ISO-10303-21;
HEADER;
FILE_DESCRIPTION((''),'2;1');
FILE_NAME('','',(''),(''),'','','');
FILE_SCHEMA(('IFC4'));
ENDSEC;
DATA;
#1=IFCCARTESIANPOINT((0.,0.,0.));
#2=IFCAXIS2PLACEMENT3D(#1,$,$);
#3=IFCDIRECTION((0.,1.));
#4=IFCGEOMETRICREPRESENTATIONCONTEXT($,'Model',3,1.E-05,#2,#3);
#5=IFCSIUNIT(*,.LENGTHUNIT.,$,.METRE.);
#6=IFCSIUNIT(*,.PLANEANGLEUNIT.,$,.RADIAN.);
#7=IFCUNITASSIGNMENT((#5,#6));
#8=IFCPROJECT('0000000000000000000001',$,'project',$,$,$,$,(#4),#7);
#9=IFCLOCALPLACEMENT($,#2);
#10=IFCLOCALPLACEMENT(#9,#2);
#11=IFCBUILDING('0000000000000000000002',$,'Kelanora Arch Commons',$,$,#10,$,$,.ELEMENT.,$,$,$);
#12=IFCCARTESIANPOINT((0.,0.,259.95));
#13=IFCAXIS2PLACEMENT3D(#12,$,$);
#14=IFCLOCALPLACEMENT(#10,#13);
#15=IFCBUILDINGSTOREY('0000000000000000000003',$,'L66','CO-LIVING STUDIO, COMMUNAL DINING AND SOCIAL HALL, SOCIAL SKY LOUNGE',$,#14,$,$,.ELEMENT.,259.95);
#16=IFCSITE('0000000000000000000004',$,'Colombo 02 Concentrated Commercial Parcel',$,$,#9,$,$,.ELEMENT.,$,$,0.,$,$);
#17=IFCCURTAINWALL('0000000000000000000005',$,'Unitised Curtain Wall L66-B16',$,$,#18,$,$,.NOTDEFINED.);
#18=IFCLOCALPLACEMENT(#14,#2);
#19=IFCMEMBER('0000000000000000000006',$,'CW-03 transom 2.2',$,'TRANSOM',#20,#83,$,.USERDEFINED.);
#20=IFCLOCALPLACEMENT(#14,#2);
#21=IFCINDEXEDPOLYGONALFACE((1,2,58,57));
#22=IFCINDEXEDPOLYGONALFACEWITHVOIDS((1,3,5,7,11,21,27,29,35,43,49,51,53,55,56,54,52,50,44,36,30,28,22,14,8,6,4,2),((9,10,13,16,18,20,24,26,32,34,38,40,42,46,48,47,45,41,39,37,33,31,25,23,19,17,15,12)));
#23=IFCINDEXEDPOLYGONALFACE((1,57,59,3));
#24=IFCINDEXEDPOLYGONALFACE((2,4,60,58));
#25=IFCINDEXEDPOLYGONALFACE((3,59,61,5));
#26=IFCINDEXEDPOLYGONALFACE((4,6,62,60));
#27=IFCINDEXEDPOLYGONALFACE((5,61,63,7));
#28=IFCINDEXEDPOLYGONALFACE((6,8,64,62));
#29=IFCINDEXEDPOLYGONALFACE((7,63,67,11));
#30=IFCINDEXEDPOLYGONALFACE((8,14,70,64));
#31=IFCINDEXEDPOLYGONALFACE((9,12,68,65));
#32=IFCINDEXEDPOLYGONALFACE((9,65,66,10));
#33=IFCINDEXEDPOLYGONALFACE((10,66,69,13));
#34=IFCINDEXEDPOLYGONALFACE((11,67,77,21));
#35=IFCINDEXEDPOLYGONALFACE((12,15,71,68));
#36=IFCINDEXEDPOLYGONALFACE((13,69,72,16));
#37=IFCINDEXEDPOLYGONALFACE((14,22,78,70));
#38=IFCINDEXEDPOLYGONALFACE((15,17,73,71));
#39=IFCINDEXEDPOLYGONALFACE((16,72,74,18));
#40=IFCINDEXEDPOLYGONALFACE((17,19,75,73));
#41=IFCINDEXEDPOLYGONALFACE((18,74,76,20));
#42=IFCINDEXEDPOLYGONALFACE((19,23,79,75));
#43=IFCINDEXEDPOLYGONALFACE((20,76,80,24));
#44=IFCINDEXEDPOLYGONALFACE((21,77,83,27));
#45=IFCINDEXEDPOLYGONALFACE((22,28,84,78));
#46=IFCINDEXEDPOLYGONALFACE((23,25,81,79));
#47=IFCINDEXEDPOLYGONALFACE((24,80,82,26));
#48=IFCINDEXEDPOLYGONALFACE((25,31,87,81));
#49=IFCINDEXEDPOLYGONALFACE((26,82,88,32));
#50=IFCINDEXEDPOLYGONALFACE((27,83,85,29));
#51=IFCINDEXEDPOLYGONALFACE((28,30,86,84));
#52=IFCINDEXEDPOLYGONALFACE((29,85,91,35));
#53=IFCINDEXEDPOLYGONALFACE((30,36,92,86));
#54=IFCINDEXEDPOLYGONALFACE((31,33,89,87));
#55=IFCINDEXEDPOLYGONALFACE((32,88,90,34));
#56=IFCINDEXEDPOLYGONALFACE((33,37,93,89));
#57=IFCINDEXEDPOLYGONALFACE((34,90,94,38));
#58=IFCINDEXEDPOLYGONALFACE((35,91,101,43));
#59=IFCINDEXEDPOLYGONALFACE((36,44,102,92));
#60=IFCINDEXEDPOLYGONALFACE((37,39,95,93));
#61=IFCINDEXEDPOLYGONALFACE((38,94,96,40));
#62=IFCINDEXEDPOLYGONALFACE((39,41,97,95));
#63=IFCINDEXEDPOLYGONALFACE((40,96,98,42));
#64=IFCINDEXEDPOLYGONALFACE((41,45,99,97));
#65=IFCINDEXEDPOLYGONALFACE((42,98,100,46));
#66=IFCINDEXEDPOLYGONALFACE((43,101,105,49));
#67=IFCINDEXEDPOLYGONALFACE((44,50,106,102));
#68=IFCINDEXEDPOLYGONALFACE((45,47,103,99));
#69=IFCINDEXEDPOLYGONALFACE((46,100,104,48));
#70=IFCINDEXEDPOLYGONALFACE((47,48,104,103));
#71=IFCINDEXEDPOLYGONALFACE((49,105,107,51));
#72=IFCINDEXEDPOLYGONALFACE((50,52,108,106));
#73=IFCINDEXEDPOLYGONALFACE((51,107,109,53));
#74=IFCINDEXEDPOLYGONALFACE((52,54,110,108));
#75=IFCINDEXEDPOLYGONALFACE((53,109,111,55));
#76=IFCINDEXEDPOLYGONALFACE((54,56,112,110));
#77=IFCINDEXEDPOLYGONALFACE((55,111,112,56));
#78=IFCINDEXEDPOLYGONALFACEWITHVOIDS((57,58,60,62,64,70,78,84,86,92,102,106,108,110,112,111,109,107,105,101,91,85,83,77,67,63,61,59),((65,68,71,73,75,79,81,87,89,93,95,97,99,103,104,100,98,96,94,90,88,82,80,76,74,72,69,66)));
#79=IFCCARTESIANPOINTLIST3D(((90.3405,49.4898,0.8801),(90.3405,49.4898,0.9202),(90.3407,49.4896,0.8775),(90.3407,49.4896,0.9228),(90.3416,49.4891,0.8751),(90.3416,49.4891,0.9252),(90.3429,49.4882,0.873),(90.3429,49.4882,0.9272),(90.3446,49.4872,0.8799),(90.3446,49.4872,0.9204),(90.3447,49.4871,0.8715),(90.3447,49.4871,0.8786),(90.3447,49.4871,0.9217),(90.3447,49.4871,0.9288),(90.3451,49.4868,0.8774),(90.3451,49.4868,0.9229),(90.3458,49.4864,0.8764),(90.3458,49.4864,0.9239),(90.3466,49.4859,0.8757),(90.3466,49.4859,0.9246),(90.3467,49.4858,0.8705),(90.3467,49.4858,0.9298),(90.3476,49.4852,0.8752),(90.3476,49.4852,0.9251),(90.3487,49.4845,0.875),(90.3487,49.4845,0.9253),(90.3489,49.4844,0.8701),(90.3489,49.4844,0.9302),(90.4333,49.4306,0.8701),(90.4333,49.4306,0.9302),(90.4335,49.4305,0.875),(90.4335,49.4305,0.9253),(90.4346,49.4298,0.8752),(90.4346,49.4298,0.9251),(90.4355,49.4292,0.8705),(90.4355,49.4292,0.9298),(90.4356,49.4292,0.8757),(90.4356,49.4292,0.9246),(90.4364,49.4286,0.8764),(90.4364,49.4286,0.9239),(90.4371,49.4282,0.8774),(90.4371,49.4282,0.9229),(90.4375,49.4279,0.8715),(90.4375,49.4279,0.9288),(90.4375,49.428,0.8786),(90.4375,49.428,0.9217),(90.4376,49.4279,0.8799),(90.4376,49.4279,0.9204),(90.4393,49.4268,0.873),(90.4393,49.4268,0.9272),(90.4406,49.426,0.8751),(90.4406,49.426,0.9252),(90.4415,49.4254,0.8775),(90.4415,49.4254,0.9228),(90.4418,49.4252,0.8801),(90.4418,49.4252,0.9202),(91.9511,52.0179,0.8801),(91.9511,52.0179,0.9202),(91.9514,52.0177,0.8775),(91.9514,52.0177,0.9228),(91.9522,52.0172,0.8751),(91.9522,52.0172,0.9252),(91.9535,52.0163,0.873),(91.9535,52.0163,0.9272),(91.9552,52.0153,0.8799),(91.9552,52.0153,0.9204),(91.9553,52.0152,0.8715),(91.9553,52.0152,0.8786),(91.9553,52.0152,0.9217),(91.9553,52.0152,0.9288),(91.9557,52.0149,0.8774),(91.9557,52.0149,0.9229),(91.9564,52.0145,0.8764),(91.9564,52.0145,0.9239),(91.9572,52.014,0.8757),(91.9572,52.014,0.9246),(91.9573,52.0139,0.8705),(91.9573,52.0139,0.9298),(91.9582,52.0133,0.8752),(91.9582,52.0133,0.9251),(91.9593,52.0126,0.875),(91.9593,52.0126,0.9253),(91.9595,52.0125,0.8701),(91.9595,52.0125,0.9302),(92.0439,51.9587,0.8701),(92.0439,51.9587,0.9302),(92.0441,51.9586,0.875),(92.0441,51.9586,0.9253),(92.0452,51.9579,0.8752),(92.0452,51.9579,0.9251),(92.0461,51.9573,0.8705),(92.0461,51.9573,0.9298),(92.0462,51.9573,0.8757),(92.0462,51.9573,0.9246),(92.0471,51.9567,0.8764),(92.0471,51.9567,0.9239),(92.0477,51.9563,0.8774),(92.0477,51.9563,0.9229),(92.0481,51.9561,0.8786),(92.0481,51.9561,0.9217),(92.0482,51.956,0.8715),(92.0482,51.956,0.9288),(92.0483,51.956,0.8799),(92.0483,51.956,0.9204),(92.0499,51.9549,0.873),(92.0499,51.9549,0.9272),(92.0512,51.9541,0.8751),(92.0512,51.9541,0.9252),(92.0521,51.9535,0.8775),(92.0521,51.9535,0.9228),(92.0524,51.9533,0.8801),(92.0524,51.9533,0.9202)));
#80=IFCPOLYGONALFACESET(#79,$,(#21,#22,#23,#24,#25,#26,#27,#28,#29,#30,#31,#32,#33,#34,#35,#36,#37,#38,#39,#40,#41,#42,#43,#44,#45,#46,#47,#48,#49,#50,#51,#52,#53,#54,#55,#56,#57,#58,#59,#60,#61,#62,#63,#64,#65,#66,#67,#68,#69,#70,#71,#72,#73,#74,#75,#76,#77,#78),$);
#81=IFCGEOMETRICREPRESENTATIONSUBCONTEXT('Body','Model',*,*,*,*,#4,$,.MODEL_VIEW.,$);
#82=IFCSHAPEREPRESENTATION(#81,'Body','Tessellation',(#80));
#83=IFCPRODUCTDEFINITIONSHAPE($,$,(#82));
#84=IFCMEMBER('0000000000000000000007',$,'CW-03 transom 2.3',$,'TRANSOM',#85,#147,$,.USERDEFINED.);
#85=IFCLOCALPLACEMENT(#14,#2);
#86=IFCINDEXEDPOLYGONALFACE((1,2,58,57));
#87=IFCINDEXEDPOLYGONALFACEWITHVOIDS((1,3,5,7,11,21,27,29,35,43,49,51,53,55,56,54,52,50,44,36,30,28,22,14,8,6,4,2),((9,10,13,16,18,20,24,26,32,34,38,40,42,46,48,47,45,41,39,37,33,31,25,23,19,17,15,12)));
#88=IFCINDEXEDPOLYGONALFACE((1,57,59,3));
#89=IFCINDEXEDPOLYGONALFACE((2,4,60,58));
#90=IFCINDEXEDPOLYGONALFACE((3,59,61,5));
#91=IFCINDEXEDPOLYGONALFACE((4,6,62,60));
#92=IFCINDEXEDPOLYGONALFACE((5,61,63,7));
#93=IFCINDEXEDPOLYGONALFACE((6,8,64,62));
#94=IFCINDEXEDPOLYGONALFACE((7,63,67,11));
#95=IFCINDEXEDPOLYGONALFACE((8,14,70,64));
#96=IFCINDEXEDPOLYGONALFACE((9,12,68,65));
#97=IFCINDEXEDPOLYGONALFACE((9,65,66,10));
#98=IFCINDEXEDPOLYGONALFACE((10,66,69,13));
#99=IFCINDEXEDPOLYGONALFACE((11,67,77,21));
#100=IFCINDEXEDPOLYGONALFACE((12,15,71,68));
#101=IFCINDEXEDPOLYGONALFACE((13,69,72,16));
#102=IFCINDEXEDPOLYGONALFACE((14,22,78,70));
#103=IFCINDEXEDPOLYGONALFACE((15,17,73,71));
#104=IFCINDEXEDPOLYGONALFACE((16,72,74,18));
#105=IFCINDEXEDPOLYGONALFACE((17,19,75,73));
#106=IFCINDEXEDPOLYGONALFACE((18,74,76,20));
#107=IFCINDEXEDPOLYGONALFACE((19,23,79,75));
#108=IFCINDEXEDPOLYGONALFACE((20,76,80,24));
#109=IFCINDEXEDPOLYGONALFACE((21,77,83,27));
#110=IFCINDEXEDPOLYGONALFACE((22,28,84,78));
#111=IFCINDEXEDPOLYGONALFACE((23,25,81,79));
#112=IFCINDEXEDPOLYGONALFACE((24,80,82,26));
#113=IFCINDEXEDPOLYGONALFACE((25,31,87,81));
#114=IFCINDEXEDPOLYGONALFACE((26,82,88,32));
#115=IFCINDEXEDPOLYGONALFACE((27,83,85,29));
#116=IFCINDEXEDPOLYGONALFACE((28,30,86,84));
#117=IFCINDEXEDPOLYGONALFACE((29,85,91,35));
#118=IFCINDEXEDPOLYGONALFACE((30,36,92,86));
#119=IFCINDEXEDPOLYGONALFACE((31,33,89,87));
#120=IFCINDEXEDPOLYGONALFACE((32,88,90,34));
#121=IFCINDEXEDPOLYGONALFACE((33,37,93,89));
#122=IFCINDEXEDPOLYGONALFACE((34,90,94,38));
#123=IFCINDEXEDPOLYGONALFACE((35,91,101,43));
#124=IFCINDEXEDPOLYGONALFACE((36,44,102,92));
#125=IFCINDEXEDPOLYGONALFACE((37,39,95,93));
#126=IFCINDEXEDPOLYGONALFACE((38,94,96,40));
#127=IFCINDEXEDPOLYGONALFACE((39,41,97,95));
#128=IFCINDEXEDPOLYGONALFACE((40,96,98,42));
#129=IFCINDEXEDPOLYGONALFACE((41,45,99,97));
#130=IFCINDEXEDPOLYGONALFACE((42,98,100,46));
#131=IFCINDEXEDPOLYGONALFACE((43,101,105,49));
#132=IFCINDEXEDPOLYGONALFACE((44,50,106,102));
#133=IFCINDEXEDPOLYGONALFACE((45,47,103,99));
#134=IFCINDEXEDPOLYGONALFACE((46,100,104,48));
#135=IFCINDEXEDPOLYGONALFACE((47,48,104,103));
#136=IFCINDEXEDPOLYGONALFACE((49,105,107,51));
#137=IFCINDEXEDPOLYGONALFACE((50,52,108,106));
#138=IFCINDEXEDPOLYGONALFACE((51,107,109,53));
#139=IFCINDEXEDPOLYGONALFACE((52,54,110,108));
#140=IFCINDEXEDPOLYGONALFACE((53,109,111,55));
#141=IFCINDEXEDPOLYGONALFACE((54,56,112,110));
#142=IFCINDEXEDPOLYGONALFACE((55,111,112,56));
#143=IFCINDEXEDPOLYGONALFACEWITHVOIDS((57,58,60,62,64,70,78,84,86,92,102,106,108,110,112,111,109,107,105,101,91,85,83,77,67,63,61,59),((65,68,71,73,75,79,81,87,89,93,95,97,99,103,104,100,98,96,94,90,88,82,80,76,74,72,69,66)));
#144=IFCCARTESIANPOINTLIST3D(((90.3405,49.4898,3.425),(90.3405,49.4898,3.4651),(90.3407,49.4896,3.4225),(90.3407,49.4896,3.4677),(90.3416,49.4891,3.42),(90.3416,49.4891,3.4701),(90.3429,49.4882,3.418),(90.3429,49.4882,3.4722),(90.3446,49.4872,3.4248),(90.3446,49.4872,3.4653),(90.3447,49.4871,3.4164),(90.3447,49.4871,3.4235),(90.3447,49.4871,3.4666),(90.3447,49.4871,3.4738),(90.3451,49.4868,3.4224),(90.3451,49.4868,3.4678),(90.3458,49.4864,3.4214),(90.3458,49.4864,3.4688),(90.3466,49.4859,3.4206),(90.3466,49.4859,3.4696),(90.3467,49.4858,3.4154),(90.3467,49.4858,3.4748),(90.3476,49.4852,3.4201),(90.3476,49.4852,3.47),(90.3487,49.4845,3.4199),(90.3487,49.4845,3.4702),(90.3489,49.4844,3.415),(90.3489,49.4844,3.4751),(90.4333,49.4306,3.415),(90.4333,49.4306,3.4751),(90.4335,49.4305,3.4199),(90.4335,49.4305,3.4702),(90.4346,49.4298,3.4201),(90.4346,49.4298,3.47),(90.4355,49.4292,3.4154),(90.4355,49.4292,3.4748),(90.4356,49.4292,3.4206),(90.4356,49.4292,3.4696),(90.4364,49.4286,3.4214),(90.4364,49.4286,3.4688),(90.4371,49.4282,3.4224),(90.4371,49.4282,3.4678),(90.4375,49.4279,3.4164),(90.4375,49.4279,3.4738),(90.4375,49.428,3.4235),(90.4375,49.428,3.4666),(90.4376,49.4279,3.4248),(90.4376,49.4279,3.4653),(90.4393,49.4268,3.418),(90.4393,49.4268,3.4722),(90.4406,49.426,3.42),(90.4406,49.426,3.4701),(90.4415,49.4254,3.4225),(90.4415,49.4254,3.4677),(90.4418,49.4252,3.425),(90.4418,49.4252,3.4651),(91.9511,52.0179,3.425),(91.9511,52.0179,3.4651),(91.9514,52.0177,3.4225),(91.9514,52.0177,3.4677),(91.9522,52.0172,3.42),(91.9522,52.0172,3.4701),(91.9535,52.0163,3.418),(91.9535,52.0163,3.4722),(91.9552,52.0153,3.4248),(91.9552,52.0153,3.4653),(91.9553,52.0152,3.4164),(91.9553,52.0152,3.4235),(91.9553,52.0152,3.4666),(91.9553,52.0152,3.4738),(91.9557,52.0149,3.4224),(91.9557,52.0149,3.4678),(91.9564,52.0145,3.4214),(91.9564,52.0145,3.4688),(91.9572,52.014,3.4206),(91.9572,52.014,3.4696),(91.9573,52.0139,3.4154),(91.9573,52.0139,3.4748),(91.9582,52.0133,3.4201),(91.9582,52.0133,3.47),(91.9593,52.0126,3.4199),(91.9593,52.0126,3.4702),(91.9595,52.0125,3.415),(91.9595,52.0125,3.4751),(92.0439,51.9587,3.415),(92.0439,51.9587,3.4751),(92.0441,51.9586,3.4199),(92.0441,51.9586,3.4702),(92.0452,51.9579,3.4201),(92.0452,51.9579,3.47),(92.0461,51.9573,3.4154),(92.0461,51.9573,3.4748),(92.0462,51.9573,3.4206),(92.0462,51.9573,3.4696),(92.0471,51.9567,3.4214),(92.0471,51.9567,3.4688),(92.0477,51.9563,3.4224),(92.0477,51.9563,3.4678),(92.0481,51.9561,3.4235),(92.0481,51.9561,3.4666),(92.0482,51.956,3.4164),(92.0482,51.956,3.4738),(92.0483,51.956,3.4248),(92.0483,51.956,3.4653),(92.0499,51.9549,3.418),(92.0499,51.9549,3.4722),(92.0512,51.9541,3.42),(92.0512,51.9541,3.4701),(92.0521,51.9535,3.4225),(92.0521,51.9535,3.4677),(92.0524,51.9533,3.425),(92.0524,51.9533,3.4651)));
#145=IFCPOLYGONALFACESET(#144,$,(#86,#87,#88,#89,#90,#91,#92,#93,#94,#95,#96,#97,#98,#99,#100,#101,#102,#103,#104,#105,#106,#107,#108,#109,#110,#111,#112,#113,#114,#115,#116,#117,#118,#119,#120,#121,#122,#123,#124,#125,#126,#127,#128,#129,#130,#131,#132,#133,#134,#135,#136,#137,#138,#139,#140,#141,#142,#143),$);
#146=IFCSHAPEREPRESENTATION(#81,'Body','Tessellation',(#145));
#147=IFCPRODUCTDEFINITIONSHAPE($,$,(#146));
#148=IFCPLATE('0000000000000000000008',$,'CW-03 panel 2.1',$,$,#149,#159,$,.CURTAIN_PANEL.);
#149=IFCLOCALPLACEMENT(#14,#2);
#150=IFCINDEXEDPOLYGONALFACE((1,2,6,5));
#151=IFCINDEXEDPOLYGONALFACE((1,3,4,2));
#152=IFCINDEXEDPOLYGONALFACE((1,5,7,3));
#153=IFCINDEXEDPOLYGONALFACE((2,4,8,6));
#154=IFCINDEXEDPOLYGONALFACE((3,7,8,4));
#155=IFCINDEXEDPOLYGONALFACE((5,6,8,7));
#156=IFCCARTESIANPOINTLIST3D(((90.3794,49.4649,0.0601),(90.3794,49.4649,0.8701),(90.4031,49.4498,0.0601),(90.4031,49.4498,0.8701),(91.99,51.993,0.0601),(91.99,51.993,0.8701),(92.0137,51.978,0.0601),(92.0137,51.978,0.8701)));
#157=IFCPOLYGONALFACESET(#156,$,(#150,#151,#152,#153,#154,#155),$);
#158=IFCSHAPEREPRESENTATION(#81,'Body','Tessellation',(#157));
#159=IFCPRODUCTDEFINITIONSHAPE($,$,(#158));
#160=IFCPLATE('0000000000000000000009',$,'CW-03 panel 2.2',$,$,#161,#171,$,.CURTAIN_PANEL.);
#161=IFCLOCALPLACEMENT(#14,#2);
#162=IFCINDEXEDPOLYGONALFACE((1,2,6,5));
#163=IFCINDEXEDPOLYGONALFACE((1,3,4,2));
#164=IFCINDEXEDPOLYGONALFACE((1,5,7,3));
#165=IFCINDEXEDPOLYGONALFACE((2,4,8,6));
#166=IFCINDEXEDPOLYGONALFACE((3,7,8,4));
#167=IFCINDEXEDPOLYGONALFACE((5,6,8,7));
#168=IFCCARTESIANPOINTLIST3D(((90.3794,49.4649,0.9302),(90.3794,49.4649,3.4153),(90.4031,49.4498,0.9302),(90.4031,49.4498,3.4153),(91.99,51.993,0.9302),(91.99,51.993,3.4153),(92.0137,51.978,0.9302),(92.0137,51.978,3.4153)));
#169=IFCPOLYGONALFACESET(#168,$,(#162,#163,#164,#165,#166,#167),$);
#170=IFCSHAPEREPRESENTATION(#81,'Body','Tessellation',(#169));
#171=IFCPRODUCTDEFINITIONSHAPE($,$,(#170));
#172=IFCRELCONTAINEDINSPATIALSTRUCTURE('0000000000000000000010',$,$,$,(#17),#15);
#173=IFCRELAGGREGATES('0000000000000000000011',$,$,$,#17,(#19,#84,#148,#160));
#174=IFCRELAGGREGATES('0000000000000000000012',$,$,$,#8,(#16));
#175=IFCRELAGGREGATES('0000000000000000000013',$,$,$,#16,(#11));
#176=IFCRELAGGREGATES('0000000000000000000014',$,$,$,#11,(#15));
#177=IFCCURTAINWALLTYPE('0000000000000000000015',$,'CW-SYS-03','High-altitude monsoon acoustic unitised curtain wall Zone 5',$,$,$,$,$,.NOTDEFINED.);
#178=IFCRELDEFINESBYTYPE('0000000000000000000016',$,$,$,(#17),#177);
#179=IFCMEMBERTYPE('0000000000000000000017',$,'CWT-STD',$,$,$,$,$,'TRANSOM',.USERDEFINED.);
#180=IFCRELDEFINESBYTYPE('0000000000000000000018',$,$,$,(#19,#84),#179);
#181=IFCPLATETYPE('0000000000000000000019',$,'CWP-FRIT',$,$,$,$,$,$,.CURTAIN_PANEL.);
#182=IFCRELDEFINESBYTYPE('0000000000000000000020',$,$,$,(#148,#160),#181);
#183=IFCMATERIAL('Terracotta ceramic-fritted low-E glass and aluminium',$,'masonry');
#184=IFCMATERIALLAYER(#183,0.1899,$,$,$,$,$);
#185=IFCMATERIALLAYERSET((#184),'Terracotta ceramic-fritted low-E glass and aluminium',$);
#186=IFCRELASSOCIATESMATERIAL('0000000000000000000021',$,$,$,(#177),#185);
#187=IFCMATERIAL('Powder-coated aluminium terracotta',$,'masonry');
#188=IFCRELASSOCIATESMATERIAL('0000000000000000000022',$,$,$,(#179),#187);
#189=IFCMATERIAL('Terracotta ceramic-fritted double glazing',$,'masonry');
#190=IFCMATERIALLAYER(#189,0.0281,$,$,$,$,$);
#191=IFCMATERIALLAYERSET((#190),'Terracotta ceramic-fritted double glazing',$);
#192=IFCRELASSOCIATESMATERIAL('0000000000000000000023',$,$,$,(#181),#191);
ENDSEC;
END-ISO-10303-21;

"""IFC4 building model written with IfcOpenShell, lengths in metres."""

from ifc_helpers import new_model, si_unit, direction, frame, origin, origin_2d, place, context, subcontext, project, spatial, rectangle, hollow_rectangle, extrude, source, transform, mapped, material, layer, layer_set, material_profile, profile_set, type_object, element, aggregate, save


model = new_model("IFC4")

# Units and contexts
model_context = context("Model", 3, precision=1e-05, world=origin(), true_north=direction((0.0, 1.0)))
body_context = subcontext(model_context, "Body", "Model", "MODEL_VIEW")
ifc_project = project(units=[si_unit("LENGTHUNIT", "METRE"), si_unit("PLANEANGLEUNIT", "RADIAN")], contexts=[model_context])

# Site, building, storey
site_placement = place(None, origin())
site = spatial("IfcSite", under=ifc_project, at=site_placement, Name="Colombo 02 Concentrated Commercial Parcel", CompositionType="ELEMENT", RefElevation=0.0)
building_placement = place(site_placement, origin())
building = spatial("IfcBuilding", under=site, at=building_placement, Name="Kelanora Arch Commons", CompositionType="ELEMENT")
storey_placement = place(building_placement, frame((0.0, 0.0, 259.95)))
storey = spatial("IfcBuildingStorey", under=building, at=storey_placement, Name="L66", Description="CO-LIVING STUDIO, COMMUNAL DINING AND SOCIAL HALL, SOCIAL SKY LOUNGE", CompositionType="ELEMENT", Elevation=259.95)

# Curtain wall, members, plates
ifc_material_1 = material(Name="Terracotta ceramic-fritted low-E glass and aluminium", Category="masonry")
ifc_layer_1 = layer(ifc_material_1, 0.1899)
ifc_layer_set_1 = layer_set([ifc_layer_1], Name="Terracotta ceramic-fritted low-E glass and aluminium")
curtain_wall_type = type_object("IfcCurtainWallType", Name="CW-SYS-03", Description="High-altitude monsoon acoustic unitised curtain wall Zone 5", PredefinedType="NOTDEFINED", material=ifc_layer_set_1)
curtain_wall_placement = place(storey_placement, origin())
curtain_wall = element("IfcCurtainWall", 1, at=curtain_wall_placement, inside=storey, type_object=curtain_wall_type, Name="Unitised Curtain Wall L66-B16", PredefinedType="NOTDEFINED")
ifc_material_2 = material(Name="Powder-coated aluminium terracotta", Category="masonry")
ifc_material_profile_1 = material_profile(ifc_material_2, hollow_rectangle(XDim=0.1201, YDim=0.0601, WallThickness=0.0049, InnerFilletRadius=0.0049, OuterFilletRadius=0.01, at=origin_2d()), Name="CWT120x60")
ifc_profile_set_1 = profile_set([ifc_material_profile_1], Name="Powder-coated aluminium terracotta")
member_type_1 = type_object("IfcMemberType", Name="CWT-STD", ElementType="TRANSOM", PredefinedType="USERDEFINED", material=ifc_profile_set_1)
member_1_placement = place(storey_placement, frame((90.3911, 49.4575, 0.9001), z_axis=(0.537308, 0.843386, 0.0), x_axis=(-0.843386, 0.537308, 0.0)))
member_1 = element("IfcMember", 2, at=member_1_placement, type_object=member_type_1, Name="CW-03 transom 2.2", ObjectType="TRANSOM", PredefinedType="USERDEFINED", context=body_context, shape_type="SweptSolid", body=[
    extrude(hollow_rectangle(XDim=0.1201, YDim=0.0601, WallThickness=0.0049, InnerFilletRadius=0.0049, OuterFilletRadius=0.01, at=origin_2d()), origin(), (0.0, 0.0, 1.0), 2.9976),
])
member_2_placement = place(storey_placement, frame((90.3911, 49.4575, 3.4451), z_axis=(0.537308, 0.843386, 0.0), x_axis=(-0.843386, 0.537308, 0.0)))
member_2 = element("IfcMember", 3, at=member_2_placement, type_object=member_type_1, Name="CW-03 transom 2.3", ObjectType="TRANSOM", PredefinedType="USERDEFINED", context=body_context, shape_type="SweptSolid", body=[
    extrude(hollow_rectangle(XDim=0.1201, YDim=0.0601, WallThickness=0.0049, InnerFilletRadius=0.0049, OuterFilletRadius=0.01, at=origin_2d()), origin(), (0.0, 0.0, 1.0), 2.9976),
])
ifc_material_3 = material(Name="Terracotta ceramic-fritted double glazing", Category="masonry")
ifc_layer_2 = layer(ifc_material_3, 0.0281)
ifc_layer_set_2 = layer_set([ifc_layer_2], Name="Terracotta ceramic-fritted double glazing")
plate_type = type_object("IfcPlateType", Name="CWP-FRIT", PredefinedType="CURTAIN_PANEL", material=ifc_layer_set_2)
shared_shape_1 = source(origin(), body_context, "Body", "SweptSolid", [
    extrude(rectangle(XDim=2.9976, YDim=0.0281, at=origin_2d()), origin(), (0.0, 0.0, 1.0), 0.8101),
])
plate_1_placement = place(storey_placement, frame((91.1965, 50.7214, 0.0601), z_axis=(0.0, 0.0, 1.0), x_axis=(0.5373, 0.843391, 0.0)))
plate_1 = element("IfcPlate", 4, at=plate_1_placement, type_object=plate_type, Name="CW-03 panel 2.1", PredefinedType="CURTAIN_PANEL", context=body_context, shape_type="MappedRepresentation", body=[
    mapped(shared_shape_1, transform((0.0, 0.0, 0.0), scale=1.0)),
])
shared_shape_2 = source(origin(), body_context, "Body", "SweptSolid", [
    extrude(rectangle(XDim=2.9976, YDim=0.0281, at=origin_2d()), origin(), (0.0, 0.0, 1.0), 2.4851),
])
plate_2_placement = place(storey_placement, frame((91.1965, 50.7214, 0.9302), z_axis=(0.0, 0.0, 1.0), x_axis=(0.5373, 0.843391, 0.0)))
plate_2 = element("IfcPlate", 5, at=plate_2_placement, type_object=plate_type, Name="CW-03 panel 2.2", PredefinedType="CURTAIN_PANEL", context=body_context, shape_type="MappedRepresentation", body=[
    mapped(shared_shape_2, transform((0.0, 0.0, 0.0), scale=1.0)),
])
aggregate(curtain_wall, [member_1, member_2, plate_1, plate_2])

save(model, "model.ifc")
